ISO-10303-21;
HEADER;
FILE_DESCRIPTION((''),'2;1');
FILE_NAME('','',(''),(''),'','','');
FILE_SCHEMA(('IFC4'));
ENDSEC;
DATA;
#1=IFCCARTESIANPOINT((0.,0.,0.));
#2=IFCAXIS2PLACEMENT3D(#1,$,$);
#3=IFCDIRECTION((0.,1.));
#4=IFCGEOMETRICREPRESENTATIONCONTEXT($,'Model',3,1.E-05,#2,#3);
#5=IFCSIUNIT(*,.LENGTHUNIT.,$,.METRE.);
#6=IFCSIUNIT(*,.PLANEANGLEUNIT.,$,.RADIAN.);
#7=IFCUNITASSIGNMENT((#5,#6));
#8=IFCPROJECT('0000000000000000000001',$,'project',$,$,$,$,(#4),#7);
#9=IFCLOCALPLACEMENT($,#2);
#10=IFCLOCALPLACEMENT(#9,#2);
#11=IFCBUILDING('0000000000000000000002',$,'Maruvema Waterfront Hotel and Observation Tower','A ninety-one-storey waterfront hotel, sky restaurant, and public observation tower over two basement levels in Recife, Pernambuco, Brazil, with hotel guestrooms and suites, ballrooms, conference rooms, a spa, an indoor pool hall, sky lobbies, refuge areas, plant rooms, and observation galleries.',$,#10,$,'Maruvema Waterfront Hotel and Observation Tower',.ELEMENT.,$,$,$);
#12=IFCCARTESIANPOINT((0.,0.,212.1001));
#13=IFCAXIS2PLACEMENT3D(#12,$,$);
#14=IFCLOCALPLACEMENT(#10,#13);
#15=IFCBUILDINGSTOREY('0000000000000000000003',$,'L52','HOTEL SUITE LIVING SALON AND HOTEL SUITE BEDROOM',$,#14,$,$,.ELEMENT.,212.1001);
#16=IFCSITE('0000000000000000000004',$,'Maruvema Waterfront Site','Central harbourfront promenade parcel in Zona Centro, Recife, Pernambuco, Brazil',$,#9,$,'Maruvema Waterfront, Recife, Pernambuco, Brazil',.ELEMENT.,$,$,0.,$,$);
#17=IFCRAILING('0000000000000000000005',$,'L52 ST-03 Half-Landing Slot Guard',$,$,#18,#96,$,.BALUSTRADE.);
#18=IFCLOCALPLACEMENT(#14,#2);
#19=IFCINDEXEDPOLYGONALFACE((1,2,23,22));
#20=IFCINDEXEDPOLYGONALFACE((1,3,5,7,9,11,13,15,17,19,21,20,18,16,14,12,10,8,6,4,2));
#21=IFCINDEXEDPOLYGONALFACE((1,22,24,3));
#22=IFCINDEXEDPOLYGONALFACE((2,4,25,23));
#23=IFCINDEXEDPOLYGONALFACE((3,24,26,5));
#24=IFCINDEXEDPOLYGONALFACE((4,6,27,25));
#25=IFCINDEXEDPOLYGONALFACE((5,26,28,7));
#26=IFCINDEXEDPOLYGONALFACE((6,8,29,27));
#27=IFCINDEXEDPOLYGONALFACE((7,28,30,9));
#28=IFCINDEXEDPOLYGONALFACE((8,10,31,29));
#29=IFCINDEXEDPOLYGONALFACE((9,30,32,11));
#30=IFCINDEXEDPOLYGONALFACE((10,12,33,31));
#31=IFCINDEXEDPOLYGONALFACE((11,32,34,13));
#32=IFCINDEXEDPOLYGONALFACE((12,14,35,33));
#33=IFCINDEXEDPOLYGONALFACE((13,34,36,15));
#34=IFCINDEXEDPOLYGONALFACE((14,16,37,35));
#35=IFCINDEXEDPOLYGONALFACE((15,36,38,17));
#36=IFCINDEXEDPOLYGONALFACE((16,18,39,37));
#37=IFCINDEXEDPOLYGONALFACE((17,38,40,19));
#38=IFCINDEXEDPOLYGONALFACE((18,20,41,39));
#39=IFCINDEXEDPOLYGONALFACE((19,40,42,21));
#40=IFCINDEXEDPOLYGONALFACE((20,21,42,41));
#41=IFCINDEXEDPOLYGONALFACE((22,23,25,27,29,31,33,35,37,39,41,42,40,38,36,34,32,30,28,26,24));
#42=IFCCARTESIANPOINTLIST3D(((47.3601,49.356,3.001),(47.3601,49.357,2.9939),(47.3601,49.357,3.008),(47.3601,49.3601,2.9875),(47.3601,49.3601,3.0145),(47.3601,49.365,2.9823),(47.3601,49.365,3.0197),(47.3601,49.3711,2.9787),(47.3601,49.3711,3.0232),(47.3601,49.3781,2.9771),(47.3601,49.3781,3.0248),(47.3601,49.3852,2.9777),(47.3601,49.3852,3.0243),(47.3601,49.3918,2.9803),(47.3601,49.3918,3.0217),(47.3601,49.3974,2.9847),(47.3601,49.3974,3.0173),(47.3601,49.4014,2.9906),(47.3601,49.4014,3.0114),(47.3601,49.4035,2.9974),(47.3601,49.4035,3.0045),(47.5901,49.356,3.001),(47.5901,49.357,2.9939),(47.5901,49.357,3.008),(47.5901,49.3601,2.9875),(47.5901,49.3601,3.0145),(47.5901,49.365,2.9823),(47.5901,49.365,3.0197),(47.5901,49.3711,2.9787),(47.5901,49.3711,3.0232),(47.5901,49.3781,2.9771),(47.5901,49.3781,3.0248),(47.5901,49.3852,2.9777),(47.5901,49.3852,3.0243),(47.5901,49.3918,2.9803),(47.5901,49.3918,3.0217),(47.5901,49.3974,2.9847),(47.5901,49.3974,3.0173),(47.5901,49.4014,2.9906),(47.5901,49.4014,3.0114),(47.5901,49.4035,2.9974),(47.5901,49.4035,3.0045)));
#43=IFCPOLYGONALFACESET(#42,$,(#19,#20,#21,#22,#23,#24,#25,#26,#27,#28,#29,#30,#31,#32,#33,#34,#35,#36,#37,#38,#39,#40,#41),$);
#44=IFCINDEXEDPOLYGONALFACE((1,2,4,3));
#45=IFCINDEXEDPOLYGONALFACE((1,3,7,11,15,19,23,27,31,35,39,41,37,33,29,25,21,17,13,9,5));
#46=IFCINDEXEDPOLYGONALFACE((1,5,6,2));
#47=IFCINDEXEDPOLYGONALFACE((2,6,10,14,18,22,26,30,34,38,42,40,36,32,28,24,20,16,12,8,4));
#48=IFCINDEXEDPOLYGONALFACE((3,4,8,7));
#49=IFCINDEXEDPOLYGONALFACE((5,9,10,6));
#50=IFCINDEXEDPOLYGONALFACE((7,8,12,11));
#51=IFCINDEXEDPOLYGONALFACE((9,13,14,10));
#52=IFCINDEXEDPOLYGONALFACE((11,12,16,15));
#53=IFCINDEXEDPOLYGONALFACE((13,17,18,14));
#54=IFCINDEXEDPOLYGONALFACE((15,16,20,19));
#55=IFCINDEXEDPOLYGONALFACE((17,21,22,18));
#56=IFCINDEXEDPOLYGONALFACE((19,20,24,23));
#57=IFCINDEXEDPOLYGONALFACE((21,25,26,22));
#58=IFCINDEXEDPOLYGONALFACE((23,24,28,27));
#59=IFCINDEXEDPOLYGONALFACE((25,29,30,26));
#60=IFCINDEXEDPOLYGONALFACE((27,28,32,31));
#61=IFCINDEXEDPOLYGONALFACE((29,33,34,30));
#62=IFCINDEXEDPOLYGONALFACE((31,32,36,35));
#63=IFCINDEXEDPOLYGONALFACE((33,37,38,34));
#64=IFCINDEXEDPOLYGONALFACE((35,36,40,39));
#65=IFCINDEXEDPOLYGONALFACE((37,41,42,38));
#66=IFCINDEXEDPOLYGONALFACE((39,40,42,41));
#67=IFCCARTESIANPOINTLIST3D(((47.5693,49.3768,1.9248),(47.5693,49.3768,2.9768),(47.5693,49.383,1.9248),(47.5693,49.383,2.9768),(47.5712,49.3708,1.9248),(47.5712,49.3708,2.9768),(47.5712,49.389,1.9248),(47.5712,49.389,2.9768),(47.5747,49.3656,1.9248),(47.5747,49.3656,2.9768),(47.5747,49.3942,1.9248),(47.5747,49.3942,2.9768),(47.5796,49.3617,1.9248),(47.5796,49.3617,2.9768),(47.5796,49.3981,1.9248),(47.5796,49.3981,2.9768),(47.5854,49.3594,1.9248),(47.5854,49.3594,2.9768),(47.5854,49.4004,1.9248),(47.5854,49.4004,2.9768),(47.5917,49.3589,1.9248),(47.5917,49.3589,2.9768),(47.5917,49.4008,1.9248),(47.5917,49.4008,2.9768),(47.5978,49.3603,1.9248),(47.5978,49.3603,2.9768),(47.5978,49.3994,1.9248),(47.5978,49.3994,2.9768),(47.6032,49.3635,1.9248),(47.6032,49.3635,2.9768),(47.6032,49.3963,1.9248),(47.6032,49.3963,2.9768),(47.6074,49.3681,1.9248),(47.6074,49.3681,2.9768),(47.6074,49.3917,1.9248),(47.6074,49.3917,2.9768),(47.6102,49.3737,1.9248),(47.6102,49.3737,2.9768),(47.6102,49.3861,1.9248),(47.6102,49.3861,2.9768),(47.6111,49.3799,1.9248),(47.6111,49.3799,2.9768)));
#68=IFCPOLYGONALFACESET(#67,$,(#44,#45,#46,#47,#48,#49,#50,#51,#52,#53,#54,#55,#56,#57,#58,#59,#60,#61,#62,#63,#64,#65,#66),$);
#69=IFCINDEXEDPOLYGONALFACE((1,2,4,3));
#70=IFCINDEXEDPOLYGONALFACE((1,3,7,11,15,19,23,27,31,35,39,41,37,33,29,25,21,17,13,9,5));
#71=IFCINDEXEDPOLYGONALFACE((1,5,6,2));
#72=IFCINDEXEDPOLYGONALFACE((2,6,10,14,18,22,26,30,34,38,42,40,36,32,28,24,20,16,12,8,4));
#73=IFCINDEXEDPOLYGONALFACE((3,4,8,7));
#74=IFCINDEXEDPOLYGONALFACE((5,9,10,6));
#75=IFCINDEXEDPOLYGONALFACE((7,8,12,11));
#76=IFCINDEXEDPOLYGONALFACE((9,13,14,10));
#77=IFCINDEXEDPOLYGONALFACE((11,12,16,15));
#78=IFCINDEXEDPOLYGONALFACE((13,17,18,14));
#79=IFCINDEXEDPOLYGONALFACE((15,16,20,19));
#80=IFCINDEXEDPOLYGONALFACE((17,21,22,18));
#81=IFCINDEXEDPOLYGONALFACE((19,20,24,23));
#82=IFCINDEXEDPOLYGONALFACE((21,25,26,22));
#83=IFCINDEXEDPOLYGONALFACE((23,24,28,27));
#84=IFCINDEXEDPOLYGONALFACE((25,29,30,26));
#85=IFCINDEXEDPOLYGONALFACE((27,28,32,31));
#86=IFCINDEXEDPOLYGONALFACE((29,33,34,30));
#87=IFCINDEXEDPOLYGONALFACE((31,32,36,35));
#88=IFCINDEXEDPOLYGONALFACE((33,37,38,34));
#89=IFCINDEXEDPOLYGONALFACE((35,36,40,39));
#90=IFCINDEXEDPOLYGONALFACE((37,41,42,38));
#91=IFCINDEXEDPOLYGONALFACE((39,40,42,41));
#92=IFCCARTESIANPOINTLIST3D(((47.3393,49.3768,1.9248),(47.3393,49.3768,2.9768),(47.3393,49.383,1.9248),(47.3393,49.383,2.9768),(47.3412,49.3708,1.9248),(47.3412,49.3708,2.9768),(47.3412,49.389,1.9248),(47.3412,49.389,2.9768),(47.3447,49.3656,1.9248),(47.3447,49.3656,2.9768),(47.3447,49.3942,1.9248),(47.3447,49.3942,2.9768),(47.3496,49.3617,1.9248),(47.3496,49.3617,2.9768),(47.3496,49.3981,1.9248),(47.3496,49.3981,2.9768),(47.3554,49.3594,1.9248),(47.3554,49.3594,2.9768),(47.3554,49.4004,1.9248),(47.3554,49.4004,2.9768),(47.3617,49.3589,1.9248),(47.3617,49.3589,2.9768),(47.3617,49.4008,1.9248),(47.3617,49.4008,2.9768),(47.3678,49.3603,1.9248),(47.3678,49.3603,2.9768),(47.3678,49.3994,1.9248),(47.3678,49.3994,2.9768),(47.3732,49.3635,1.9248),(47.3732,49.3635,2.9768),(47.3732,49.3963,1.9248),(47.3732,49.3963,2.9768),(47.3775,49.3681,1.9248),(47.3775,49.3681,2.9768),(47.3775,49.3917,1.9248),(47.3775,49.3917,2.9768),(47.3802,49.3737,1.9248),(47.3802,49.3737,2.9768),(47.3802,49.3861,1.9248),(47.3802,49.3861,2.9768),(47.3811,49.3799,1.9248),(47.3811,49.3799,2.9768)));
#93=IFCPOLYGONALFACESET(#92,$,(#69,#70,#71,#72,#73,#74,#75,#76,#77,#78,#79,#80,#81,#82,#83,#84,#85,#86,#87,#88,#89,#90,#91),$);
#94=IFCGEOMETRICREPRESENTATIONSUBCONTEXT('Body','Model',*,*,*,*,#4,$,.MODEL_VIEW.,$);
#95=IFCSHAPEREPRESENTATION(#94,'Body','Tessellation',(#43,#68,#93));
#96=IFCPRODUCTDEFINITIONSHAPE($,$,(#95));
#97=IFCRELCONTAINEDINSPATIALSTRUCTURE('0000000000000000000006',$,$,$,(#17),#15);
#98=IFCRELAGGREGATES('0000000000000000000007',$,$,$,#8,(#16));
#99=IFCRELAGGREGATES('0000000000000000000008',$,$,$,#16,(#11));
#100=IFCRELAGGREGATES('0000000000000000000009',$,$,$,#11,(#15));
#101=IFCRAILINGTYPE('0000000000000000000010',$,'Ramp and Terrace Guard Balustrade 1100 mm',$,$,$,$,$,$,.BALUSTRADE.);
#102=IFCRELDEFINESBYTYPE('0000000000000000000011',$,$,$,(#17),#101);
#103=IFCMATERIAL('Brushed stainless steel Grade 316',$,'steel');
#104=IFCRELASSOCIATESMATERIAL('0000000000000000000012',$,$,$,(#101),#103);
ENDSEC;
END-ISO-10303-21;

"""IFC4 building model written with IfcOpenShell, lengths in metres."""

from ifc_helpers import new_model, si_unit, direction, frame, origin, origin_2d, place, context, subcontext, project, spatial, circle, extrude, material, type_object, element, save


model = new_model("IFC4")

# Units and contexts
model_context = context("Model", 3, precision=1e-05, world=origin(), true_north=direction((0.0, 1.0)))
body_context = subcontext(model_context, "Body", "Model", "MODEL_VIEW")
ifc_project = project(units=[si_unit("LENGTHUNIT", "METRE"), si_unit("PLANEANGLEUNIT", "RADIAN")], contexts=[model_context])

# Site, building, storey
site_placement = place(None, origin())
site = spatial("IfcSite", under=ifc_project, at=site_placement, Name="Maruvema Waterfront Site", Description="Central harbourfront promenade parcel in Zona Centro, Recife, Pernambuco, Brazil", LongName="Maruvema Waterfront, Recife, Pernambuco, Brazil", CompositionType="ELEMENT", RefElevation=0.0)
building_placement = place(site_placement, origin())
building = spatial("IfcBuilding", under=site, at=building_placement, Name="Maruvema Waterfront Hotel and Observation Tower", Description="A ninety-one-storey waterfront hotel, sky restaurant, and public observation tower over two basement levels in Recife, Pernambuco, Brazil, with hotel guestrooms and suites, ballrooms, conference rooms, a spa, an indoor pool hall, sky lobbies, refuge areas, plant rooms, and observation galleries.", LongName="Maruvema Waterfront Hotel and Observation Tower", CompositionType="ELEMENT")
storey_placement = place(building_placement, frame((0.0, 0.0, 212.1001)))
storey = spatial("IfcBuildingStorey", under=building, at=storey_placement, Name="L52", Description="HOTEL SUITE LIVING SALON AND HOTEL SUITE BEDROOM", CompositionType="ELEMENT", Elevation=212.1001)

# Railing
ifc_material_1 = material(Name="Brushed stainless steel Grade 316", Category="steel")
railing_type_1 = type_object("IfcRailingType", Name="Ramp and Terrace Guard Balustrade 1100 mm", PredefinedType="BALUSTRADE", material=ifc_material_1)
railing_1_placement = place(storey_placement, frame((47.5901, 49.3799, 1.9248)))
element("IfcRailing", 1, at=railing_1_placement, inside=storey, type_object=railing_type_1, Name="L52 ST-03 Half-Landing Slot Guard", PredefinedType="BALUSTRADE", context=body_context, shape_type="SweptSolid", body=[
    extrude(circle(Radius=0.0239, at=origin_2d()), frame((0.0, 0.0, 1.0762), z_axis=(-1.0, 0.0, 0.0), x_axis=(0.0, -1.0, 0.0)), (0.0, 0.0, 1.0), 0.23),
    extrude(circle(Radius=0.021, at=origin_2d()), origin(), (0.0, 0.0, 1.0), 1.052),
    extrude(circle(Radius=0.021, at=origin_2d()), frame((-0.23, 0.0, 0.0)), (0.0, 0.0, 1.0), 1.052),
])

save(model, "model.ifc")
